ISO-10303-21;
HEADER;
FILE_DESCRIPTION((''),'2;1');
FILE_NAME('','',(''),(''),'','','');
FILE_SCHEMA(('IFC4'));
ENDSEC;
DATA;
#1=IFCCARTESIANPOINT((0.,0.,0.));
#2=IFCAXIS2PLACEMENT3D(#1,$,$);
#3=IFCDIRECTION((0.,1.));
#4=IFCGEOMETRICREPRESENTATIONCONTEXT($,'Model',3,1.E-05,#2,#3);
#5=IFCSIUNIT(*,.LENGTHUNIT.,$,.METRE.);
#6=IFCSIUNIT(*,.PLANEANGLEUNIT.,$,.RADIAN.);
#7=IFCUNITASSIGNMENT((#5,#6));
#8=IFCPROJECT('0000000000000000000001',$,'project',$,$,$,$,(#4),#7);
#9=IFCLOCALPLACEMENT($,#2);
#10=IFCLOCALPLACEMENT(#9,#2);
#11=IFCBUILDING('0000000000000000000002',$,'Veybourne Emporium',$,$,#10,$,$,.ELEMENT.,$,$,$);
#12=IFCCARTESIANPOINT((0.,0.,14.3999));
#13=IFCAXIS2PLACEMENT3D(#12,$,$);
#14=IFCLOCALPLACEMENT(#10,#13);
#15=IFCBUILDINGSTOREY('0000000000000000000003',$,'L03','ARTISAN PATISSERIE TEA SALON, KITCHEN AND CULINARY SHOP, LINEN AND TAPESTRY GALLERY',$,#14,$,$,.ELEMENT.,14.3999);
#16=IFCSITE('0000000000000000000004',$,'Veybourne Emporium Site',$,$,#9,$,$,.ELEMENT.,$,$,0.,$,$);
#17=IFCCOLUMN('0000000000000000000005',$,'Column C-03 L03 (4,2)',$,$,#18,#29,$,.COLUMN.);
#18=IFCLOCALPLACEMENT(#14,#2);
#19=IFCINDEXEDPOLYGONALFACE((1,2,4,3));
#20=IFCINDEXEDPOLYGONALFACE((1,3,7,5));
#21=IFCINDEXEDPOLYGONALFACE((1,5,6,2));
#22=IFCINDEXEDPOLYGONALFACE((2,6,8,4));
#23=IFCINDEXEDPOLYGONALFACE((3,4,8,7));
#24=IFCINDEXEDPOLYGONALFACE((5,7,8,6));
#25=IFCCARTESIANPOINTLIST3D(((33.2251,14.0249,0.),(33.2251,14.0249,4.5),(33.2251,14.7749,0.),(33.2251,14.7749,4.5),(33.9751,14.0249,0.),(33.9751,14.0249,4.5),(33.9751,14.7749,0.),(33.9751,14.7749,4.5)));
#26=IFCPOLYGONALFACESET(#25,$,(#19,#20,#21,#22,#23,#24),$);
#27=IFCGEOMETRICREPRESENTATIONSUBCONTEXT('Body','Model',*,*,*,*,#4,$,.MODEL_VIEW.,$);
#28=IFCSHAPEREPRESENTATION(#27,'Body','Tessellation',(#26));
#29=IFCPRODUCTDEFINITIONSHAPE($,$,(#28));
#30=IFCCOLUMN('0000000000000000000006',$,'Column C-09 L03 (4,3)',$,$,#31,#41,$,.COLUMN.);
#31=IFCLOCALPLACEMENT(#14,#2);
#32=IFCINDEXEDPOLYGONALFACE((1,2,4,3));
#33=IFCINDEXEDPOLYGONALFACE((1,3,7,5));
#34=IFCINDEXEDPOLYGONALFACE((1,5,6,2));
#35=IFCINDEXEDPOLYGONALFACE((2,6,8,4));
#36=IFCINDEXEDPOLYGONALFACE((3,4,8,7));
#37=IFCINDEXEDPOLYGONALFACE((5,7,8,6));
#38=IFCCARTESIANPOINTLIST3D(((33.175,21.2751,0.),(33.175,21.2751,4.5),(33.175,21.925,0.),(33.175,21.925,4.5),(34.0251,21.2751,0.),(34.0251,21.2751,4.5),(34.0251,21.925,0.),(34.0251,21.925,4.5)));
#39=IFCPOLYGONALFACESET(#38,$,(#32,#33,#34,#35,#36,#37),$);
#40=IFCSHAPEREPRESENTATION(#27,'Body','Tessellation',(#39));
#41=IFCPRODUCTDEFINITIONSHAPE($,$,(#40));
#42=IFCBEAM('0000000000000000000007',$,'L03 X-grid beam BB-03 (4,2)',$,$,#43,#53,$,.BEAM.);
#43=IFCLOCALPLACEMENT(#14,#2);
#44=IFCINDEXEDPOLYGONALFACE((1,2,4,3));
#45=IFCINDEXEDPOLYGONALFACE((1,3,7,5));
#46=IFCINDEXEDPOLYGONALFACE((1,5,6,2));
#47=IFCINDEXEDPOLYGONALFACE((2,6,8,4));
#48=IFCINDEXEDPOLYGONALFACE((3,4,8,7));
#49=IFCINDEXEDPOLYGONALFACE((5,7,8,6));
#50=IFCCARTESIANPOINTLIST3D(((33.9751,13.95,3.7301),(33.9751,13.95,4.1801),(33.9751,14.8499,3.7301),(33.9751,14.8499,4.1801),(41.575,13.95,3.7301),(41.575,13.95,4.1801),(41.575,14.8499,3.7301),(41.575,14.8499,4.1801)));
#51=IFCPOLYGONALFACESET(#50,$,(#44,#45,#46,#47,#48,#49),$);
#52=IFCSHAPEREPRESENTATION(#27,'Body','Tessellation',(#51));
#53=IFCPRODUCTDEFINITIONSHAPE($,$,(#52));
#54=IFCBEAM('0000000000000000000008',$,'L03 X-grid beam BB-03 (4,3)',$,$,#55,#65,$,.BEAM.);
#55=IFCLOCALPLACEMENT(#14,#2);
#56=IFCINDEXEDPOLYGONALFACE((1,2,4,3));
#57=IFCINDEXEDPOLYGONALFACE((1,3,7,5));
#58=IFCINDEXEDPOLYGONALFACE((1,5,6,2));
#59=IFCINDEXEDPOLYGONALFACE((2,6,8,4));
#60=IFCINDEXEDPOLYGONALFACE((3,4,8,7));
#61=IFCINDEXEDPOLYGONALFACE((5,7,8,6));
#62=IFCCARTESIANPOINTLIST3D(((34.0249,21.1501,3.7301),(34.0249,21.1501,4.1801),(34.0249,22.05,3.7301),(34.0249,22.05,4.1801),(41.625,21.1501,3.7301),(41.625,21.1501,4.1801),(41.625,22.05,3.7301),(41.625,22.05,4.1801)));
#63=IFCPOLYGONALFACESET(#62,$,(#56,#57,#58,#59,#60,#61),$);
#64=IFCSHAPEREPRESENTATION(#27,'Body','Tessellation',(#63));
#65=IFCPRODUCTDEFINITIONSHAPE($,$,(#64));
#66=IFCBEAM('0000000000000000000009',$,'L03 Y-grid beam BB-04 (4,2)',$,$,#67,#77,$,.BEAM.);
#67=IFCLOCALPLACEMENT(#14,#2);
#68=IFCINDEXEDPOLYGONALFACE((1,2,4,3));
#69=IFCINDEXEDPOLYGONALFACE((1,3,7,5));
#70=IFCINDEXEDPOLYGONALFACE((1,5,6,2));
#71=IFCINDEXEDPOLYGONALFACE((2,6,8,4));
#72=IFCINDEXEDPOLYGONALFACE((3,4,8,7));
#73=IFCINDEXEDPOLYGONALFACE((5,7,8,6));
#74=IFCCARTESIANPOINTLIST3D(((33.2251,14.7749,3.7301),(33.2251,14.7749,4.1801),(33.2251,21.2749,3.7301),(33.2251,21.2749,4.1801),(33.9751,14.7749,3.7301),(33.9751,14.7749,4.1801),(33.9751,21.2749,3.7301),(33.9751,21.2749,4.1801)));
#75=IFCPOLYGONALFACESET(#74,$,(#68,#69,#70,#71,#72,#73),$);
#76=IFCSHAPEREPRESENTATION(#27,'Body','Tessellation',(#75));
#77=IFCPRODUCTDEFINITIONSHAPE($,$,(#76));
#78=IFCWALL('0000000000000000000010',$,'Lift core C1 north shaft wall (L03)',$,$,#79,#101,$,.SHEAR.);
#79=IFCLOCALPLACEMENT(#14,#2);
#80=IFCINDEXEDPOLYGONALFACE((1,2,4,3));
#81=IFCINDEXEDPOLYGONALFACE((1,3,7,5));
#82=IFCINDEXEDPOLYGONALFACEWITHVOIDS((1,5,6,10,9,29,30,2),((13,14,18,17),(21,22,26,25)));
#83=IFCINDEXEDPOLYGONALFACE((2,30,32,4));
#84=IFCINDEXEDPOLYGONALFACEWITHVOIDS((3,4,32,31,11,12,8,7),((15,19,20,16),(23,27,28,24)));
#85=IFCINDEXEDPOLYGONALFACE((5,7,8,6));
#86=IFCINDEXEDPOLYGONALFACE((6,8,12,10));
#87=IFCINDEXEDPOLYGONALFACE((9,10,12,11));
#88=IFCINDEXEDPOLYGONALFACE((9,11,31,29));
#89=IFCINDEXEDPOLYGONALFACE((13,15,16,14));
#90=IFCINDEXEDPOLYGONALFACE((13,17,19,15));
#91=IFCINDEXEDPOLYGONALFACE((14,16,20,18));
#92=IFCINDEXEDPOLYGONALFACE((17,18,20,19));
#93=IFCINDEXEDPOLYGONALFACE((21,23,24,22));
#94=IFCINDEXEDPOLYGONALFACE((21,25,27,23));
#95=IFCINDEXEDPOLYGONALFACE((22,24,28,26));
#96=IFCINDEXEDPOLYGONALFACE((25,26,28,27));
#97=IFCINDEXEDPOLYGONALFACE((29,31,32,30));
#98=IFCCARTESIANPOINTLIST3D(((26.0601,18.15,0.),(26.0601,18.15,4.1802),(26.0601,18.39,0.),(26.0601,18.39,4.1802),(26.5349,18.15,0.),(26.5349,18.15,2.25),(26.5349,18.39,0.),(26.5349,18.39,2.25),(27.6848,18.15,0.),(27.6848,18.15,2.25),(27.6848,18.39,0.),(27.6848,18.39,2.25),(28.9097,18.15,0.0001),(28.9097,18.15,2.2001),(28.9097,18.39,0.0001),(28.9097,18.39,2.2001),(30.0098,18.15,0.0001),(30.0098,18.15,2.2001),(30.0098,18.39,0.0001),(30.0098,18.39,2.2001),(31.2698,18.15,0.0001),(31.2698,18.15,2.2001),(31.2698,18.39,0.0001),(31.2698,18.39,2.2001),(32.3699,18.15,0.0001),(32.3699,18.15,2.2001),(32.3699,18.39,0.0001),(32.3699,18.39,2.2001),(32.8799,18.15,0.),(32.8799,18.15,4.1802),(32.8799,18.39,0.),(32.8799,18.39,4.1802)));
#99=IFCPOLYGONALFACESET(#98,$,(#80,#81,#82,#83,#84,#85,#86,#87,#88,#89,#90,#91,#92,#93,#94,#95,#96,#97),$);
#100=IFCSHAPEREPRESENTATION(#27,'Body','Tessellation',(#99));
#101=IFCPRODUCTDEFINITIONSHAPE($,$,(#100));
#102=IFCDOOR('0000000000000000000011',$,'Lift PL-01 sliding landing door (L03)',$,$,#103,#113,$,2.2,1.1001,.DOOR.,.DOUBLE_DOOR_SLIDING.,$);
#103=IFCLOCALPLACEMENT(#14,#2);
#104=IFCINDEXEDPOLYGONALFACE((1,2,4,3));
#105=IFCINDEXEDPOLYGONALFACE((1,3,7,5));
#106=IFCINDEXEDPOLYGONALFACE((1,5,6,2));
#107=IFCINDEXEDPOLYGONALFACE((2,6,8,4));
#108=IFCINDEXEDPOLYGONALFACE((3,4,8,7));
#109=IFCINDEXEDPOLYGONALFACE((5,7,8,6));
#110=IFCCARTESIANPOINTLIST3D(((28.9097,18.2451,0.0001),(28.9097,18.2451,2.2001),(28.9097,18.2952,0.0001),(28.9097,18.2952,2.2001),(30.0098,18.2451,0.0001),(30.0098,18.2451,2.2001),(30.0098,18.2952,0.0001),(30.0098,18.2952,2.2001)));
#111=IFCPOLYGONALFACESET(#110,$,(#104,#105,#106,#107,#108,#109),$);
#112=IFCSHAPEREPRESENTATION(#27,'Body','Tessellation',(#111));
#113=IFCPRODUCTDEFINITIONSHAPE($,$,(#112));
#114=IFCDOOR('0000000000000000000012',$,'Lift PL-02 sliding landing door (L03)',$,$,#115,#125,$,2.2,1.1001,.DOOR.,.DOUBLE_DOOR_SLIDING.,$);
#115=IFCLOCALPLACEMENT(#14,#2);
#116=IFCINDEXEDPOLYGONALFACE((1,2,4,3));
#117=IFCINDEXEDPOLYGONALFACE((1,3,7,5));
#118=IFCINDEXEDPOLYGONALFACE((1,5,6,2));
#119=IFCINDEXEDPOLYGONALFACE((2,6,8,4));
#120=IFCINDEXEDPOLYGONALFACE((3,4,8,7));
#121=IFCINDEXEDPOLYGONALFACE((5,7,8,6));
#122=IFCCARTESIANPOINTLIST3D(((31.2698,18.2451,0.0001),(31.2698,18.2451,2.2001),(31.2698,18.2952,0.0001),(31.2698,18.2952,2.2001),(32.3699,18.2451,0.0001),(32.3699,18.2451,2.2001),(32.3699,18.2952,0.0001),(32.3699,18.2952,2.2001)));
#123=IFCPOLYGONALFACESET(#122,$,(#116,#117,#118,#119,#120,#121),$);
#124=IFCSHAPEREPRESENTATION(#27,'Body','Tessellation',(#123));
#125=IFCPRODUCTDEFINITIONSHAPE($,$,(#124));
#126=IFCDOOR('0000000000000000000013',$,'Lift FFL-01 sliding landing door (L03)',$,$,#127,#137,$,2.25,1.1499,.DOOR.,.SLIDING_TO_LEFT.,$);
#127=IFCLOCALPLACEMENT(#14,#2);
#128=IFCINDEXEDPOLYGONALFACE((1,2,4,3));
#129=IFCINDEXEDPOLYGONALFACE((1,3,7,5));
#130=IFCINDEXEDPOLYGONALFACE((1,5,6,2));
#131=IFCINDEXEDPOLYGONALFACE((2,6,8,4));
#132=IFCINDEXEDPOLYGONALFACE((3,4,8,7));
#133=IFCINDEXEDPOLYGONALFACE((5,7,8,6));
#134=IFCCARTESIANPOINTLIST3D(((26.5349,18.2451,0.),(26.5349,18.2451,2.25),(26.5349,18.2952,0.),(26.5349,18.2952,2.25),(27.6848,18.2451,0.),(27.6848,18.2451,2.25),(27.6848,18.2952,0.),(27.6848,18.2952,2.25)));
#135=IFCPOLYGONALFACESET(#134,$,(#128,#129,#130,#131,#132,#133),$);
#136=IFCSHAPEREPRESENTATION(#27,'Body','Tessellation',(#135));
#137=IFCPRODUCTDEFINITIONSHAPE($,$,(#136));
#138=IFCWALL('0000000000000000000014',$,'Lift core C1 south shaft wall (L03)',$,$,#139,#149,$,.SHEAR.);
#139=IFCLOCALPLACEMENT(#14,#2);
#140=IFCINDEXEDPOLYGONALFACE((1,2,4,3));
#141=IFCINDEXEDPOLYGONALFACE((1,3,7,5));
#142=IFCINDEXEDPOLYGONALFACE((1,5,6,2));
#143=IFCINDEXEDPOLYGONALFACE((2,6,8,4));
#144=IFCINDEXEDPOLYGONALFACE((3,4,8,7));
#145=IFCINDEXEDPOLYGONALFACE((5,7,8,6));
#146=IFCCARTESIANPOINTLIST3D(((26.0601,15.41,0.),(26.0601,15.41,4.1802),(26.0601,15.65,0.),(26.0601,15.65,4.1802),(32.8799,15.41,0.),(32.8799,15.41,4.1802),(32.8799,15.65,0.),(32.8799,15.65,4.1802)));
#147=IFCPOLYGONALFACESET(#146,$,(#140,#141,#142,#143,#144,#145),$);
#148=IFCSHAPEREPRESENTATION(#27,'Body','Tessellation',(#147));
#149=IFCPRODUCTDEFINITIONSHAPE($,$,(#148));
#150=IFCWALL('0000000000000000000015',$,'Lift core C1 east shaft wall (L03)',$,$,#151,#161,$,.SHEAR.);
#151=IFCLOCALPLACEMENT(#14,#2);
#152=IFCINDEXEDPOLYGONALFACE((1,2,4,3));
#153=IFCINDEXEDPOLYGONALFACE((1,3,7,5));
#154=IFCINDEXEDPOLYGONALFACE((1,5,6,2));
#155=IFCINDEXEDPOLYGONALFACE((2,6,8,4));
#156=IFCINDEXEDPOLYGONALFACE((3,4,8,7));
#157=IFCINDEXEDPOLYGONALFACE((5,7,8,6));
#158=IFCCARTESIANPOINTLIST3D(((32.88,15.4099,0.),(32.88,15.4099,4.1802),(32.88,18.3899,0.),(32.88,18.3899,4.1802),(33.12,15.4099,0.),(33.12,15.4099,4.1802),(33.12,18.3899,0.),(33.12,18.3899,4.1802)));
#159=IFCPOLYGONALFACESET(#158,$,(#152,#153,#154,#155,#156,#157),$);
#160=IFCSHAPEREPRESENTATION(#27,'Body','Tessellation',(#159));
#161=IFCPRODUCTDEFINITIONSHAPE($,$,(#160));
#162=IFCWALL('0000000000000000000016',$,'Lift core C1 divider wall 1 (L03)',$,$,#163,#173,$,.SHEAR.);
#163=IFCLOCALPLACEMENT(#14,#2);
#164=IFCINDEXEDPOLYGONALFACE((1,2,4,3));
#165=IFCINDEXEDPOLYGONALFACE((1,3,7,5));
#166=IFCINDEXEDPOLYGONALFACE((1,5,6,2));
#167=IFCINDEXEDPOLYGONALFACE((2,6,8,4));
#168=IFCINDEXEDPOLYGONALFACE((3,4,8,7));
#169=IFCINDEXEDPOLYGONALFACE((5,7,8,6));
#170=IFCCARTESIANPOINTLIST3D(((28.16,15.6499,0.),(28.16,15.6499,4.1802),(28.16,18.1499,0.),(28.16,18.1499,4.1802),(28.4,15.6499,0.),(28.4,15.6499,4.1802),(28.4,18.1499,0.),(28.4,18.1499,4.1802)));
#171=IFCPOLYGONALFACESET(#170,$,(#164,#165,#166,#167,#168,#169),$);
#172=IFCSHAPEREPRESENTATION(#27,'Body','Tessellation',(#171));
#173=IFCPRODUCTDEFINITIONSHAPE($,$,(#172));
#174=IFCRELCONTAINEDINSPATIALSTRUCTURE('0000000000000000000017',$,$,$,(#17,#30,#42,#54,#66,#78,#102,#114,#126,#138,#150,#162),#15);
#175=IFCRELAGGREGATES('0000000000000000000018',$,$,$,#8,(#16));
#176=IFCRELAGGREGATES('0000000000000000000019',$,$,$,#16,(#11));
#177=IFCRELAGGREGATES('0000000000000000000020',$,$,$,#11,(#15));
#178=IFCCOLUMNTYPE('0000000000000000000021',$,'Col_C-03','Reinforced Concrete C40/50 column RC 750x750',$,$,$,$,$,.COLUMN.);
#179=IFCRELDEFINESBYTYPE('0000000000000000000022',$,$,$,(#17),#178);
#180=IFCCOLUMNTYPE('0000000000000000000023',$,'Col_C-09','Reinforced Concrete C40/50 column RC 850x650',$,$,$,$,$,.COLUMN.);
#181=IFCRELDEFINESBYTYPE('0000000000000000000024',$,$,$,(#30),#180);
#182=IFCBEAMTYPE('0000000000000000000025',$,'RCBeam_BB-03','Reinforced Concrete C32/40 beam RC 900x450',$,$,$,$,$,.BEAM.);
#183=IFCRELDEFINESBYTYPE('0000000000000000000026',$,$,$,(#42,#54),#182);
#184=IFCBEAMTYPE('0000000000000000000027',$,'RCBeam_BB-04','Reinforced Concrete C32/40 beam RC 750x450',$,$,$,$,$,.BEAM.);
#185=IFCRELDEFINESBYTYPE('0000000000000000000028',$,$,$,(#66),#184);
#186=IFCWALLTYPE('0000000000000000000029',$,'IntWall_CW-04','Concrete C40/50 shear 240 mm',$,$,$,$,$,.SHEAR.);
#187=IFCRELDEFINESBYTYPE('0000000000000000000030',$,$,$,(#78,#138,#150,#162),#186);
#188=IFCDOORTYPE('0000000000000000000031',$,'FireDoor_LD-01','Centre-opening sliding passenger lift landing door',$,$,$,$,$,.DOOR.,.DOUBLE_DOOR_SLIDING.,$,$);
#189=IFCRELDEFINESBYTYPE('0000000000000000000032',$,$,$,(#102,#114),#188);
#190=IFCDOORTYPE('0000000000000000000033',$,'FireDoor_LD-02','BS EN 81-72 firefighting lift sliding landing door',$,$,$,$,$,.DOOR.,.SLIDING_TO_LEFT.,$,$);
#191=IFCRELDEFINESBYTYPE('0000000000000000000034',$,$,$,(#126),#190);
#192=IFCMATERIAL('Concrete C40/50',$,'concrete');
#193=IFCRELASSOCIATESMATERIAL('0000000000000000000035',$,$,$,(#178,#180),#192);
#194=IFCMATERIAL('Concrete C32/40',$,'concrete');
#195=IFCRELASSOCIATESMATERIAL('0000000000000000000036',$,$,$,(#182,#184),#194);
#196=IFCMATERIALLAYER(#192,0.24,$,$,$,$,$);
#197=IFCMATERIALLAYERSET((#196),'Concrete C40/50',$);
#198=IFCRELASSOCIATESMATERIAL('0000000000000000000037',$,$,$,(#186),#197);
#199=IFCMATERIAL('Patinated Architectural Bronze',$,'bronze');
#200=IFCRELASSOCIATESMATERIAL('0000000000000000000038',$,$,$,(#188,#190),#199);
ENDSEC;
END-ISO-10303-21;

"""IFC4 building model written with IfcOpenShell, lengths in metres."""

from ifc_helpers import new_model, si_unit, direction, frame, frame_2d, origin, origin_2d, place, context, subcontext, project, spatial, rectangle, extrude, material, layer, layer_set, material_profile, profile_set, type_object, element, fill, save


model = new_model("IFC4")

# Units and contexts
model_context = context("Model", 3, precision=1e-05, world=origin(), true_north=direction((0.0, 1.0)))
body_context = subcontext(model_context, "Body", "Model", "MODEL_VIEW")
ifc_project = project(units=[si_unit("LENGTHUNIT", "METRE"), si_unit("PLANEANGLEUNIT", "RADIAN")], contexts=[model_context])

# Site, building, storey
site_placement = place(None, origin())
site = spatial("IfcSite", under=ifc_project, at=site_placement, Name="Veybourne Emporium Site", CompositionType="ELEMENT", RefElevation=0.0)
building_placement = place(site_placement, origin())
building = spatial("IfcBuilding", under=site, at=building_placement, Name="Veybourne Emporium", CompositionType="ELEMENT")
storey_placement = place(building_placement, frame((0.0, 0.0, 14.3999)))
storey = spatial("IfcBuildingStorey", under=building, at=storey_placement, Name="L03", Description="ARTISAN PATISSERIE TEA SALON, KITCHEN AND CULINARY SHOP, LINEN AND TAPESTRY GALLERY", CompositionType="ELEMENT", Elevation=14.3999)

# Columns
ifc_material_1 = material(Name="Concrete C40/50", Category="concrete")
ifc_material_profile_1 = material_profile(ifc_material_1, rectangle(XDim=0.75, YDim=0.75, at=origin_2d()), Name="RC 750x750")
ifc_profile_set_1 = profile_set([ifc_material_profile_1], Name="Concrete C40/50")
column_type_1 = type_object("IfcColumnType", Name="Col_C-03", Description="Reinforced Concrete C40/50 column RC 750x750", PredefinedType="COLUMN", material=ifc_profile_set_1)
column_1_placement = place(storey_placement, frame((33.6001, 14.3999, 0.0), z_axis=(0.0, 0.0, 1.0), x_axis=(1.0, 0.0, 0.0)))
element("IfcColumn", 1, at=column_1_placement, inside=storey, type_object=column_type_1, Name="Column C-03 L03 (4,2)", PredefinedType="COLUMN", context=body_context, shape_type="SweptSolid", body=[
    extrude(rectangle(XDim=0.75, YDim=0.75, at=origin_2d()), origin(), (0.0, 0.0, 1.0), 4.5),
])
ifc_material_profile_2 = material_profile(ifc_material_1, rectangle(XDim=0.8501, YDim=0.6499, at=origin_2d()), Name="RC 850x650")
ifc_profile_set_2 = profile_set([ifc_material_profile_2], Name="Concrete C40/50")
column_type_2 = type_object("IfcColumnType", Name="Col_C-09", Description="Reinforced Concrete C40/50 column RC 850x650", PredefinedType="COLUMN", material=ifc_profile_set_2)
column_2_placement = place(storey_placement, frame((33.6001, 21.6001, 0.0), z_axis=(0.0, 0.0, 1.0), x_axis=(1.0, 0.0, 0.0)))
element("IfcColumn", 2, at=column_2_placement, inside=storey, type_object=column_type_2, Name="Column C-09 L03 (4,3)", PredefinedType="COLUMN", context=body_context, shape_type="SweptSolid", body=[
    extrude(rectangle(XDim=0.8501, YDim=0.6499, at=origin_2d()), origin(), (0.0, 0.0, 1.0), 4.5),
])

# Beams
ifc_material_2 = material(Name="Concrete C32/40", Category="concrete")
ifc_material_profile_3 = material_profile(ifc_material_2, rectangle(XDim=0.8999, YDim=0.45, at=origin_2d()), Name="RC 900x450")
ifc_profile_set_3 = profile_set([ifc_material_profile_3], Name="Concrete C32/40")
beam_type_1 = type_object("IfcBeamType", Name="RCBeam_BB-03", Description="Reinforced Concrete C32/40 beam RC 900x450", PredefinedType="BEAM", material=ifc_profile_set_3)
beam_1_placement = place(storey_placement, frame((33.9751, 14.3999, 3.9551), z_axis=(1.0, 0.0, 0.0), x_axis=(0.0, 1.0, 0.0)))
element("IfcBeam", 3, at=beam_1_placement, inside=storey, type_object=beam_type_1, Name="L03 X-grid beam BB-03 (4,2)", PredefinedType="BEAM", context=body_context, shape_type="SweptSolid", body=[
    extrude(rectangle(XDim=0.8999, YDim=0.45, at=origin_2d()), origin(), (0.0, 0.0, 1.0), 7.5999),
])
beam_2_placement = place(storey_placement, frame((34.0249, 21.6001, 3.9551), z_axis=(1.0, 0.0, 0.0), x_axis=(0.0, 1.0, 0.0)))
element("IfcBeam", 4, at=beam_2_placement, inside=storey, type_object=beam_type_1, Name="L03 X-grid beam BB-03 (4,3)", PredefinedType="BEAM", context=body_context, shape_type="SweptSolid", body=[
    extrude(rectangle(XDim=0.8999, YDim=0.45, at=origin_2d()), origin(), (0.0, 0.0, 1.0), 7.6001),
])
ifc_material_profile_4 = material_profile(ifc_material_2, rectangle(XDim=0.75, YDim=0.45, at=origin_2d()), Name="RC 750x450")
ifc_profile_set_4 = profile_set([ifc_material_profile_4], Name="Concrete C32/40")
beam_type_2 = type_object("IfcBeamType", Name="RCBeam_BB-04", Description="Reinforced Concrete C32/40 beam RC 750x450", PredefinedType="BEAM", material=ifc_profile_set_4)
beam_3_placement = place(storey_placement, frame((33.6001, 14.7749, 3.9551), z_axis=(0.0, 1.0, 0.0), x_axis=(-1.0, 0.0, 0.0)))
element("IfcBeam", 5, at=beam_3_placement, inside=storey, type_object=beam_type_2, Name="L03 Y-grid beam BB-04 (4,2)", PredefinedType="BEAM", context=body_context, shape_type="SweptSolid", body=[
    extrude(rectangle(XDim=0.75, YDim=0.45, at=origin_2d()), origin(), (0.0, 0.0, 1.0), 6.5),
])

# Wall, openings, doors
ifc_layer_1 = layer(ifc_material_1, 0.24)
ifc_layer_set_1 = layer_set([ifc_layer_1], Name="Concrete C40/50")
wall_type_1 = type_object("IfcWallType", Name="IntWall_CW-04", Description="Concrete C40/50 shear 240 mm", PredefinedType="SHEAR", material=ifc_layer_set_1)
wall_1_placement = place(storey_placement, frame((32.8799, 18.27, 0.0), z_axis=(0.0, 0.0, 1.0), x_axis=(-1.0, 0.0, 0.0)))
wall_1 = element("IfcWall", 6, at=wall_1_placement, inside=storey, type_object=wall_type_1, Name="Lift core C1 north shaft wall (L03)", PredefinedType="SHEAR", context=body_context, shape_type="SweptSolid", body=[
    extrude(rectangle(XDim=6.8198, YDim=0.24, at=frame_2d((3.4099, 0.0))), origin(), (0.0, 0.0, 1.0), 4.1802),
])
opening_1_placement = place(wall_1_placement, frame((5.1951, 0.0, 0.0)))
opening_1 = element("IfcOpeningElement", 7, at=opening_1_placement, cuts=wall_1, PredefinedType="OPENING", context=body_context, shape_type="SweptSolid", body=[
    extrude(rectangle(XDim=1.1499, YDim=2.25, at=frame_2d((0.575, 1.125))), frame((0.0, 0.1401, 0.0), z_axis=(0.0, -1.0, 0.0), x_axis=(1.0, 0.0, 0.0)), (0.0, 0.0, 1.0), 0.28),
])
opening_2_placement = place(wall_1_placement, frame((2.8701, 0.0, 0.0)))
opening_2 = element("IfcOpeningElement", 8, at=opening_2_placement, cuts=wall_1, PredefinedType="OPENING", context=body_context, shape_type="SweptSolid", body=[
    extrude(rectangle(XDim=1.1001, YDim=2.2, at=frame_2d((0.55, 1.1001))), frame((0.0, 0.1401, 0.0), z_axis=(0.0, -1.0, 0.0), x_axis=(1.0, 0.0, 0.0)), (0.0, 0.0, 1.0), 0.28),
])
opening_3_placement = place(wall_1_placement, frame((0.51, 0.0, 0.0)))
opening_3 = element("IfcOpeningElement", 9, at=opening_3_placement, cuts=wall_1, PredefinedType="OPENING", context=body_context, shape_type="SweptSolid", body=[
    extrude(rectangle(XDim=1.1001, YDim=2.2, at=frame_2d((0.55, 1.1001))), frame((0.0, 0.1401, 0.0), z_axis=(0.0, -1.0, 0.0), x_axis=(1.0, 0.0, 0.0)), (0.0, 0.0, 1.0), 0.28),
])
ifc_material_3 = material(Name="Patinated Architectural Bronze", Category="bronze")
door_type_1 = type_object("IfcDoorType", Name="FireDoor_LD-01", Description="Centre-opening sliding passenger lift landing door", OperationType="DOUBLE_DOOR_SLIDING", PredefinedType="DOOR", material=ifc_material_3)
door_1_placement = place(opening_2_placement, origin())
door_1 = element("IfcDoor", 10, at=door_1_placement, inside=storey, type_object=door_type_1, Name="Lift PL-01 sliding landing door (L03)", OperationType="DOUBLE_DOOR_SLIDING", OverallHeight=2.2, OverallWidth=1.1001, PredefinedType="DOOR", context=body_context, shape_type="SweptSolid", body=[
    extrude(rectangle(XDim=1.1001, YDim=2.2, at=frame_2d((0.55, 1.1001))), frame((0.0, 0.0249, 0.0), z_axis=(0.0, -1.0, 0.0), x_axis=(1.0, 0.0, 0.0)), (0.0, 0.0, 1.0), 0.05),
])
fill(opening_2, door_1)
door_2_placement = place(opening_3_placement, origin())
door_2 = element("IfcDoor", 11, at=door_2_placement, inside=storey, type_object=door_type_1, Name="Lift PL-02 sliding landing door (L03)", OperationType="DOUBLE_DOOR_SLIDING", OverallHeight=2.2, OverallWidth=1.1001, PredefinedType="DOOR", context=body_context, shape_type="SweptSolid", body=[
    extrude(rectangle(XDim=1.1001, YDim=2.2, at=frame_2d((0.55, 1.1001))), frame((0.0, 0.0249, 0.0), z_axis=(0.0, -1.0, 0.0), x_axis=(1.0, 0.0, 0.0)), (0.0, 0.0, 1.0), 0.05),
])
fill(opening_3, door_2)
door_type_2 = type_object("IfcDoorType", Name="FireDoor_LD-02", Description="BS EN 81-72 firefighting lift sliding landing door", OperationType="SLIDING_TO_LEFT", PredefinedType="DOOR", material=ifc_material_3)
door_3_placement = place(opening_1_placement, origin())
door_3 = element("IfcDoor", 12, at=door_3_placement, inside=storey, type_object=door_type_2, Name="Lift FFL-01 sliding landing door (L03)", OperationType="SLIDING_TO_LEFT", OverallHeight=2.25, OverallWidth=1.1499, PredefinedType="DOOR", context=body_context, shape_type="SweptSolid", body=[
    extrude(rectangle(XDim=1.1499, YDim=2.25, at=frame_2d((0.575, 1.125))), frame((0.0, 0.0249, 0.0), z_axis=(0.0, -1.0, 0.0), x_axis=(1.0, 0.0, 0.0)), (0.0, 0.0, 1.0), 0.05),
])
fill(opening_1, door_3)

# Walls
wall_2_placement = place(storey_placement, frame((26.0601, 15.53, 0.0), z_axis=(0.0, 0.0, 1.0), x_axis=(1.0, 0.0, 0.0)))
element("IfcWall", 13, at=wall_2_placement, inside=storey, type_object=wall_type_1, Name="Lift core C1 south shaft wall (L03)", PredefinedType="SHEAR", context=body_context, shape_type="SweptSolid", body=[
    extrude(rectangle(XDim=6.8198, YDim=0.24, at=frame_2d((3.4099, 0.0))), origin(), (0.0, 0.0, 1.0), 4.1802),
])
wall_3_placement = place(storey_placement, frame((33.0, 15.4099, 0.0), z_axis=(0.0, 0.0, 1.0), x_axis=(0.0, 1.0, 0.0)))
element("IfcWall", 14, at=wall_3_placement, inside=storey, type_object=wall_type_1, Name="Lift core C1 east shaft wall (L03)", PredefinedType="SHEAR", context=body_context, shape_type="SweptSolid", body=[
    extrude(rectangle(XDim=2.98, YDim=0.24, at=frame_2d((1.49, 0.0))), origin(), (0.0, 0.0, 1.0), 4.1802),
])
for number, where, z_axis, x_axis, name in (
    (15, (28.28, 15.6499, 0.0), (0.0, 0.0, 1.0), (0.0, 1.0, 0.0), "Lift core C1 divider wall 1 (L03)"),
):
    element("IfcWall", number, at=place(storey_placement, frame(where, z_axis=z_axis, x_axis=x_axis)), inside=storey, type_object=wall_type_1, Name=name, PredefinedType="SHEAR", context=body_context, shape_type="SweptSolid", body=[
        extrude(rectangle(XDim=2.5, YDim=0.24, at=frame_2d((1.25, 0.0))), origin(), (0.0, 0.0, 1.0), 4.1802),
    ])

save(model, "model.ifc")
